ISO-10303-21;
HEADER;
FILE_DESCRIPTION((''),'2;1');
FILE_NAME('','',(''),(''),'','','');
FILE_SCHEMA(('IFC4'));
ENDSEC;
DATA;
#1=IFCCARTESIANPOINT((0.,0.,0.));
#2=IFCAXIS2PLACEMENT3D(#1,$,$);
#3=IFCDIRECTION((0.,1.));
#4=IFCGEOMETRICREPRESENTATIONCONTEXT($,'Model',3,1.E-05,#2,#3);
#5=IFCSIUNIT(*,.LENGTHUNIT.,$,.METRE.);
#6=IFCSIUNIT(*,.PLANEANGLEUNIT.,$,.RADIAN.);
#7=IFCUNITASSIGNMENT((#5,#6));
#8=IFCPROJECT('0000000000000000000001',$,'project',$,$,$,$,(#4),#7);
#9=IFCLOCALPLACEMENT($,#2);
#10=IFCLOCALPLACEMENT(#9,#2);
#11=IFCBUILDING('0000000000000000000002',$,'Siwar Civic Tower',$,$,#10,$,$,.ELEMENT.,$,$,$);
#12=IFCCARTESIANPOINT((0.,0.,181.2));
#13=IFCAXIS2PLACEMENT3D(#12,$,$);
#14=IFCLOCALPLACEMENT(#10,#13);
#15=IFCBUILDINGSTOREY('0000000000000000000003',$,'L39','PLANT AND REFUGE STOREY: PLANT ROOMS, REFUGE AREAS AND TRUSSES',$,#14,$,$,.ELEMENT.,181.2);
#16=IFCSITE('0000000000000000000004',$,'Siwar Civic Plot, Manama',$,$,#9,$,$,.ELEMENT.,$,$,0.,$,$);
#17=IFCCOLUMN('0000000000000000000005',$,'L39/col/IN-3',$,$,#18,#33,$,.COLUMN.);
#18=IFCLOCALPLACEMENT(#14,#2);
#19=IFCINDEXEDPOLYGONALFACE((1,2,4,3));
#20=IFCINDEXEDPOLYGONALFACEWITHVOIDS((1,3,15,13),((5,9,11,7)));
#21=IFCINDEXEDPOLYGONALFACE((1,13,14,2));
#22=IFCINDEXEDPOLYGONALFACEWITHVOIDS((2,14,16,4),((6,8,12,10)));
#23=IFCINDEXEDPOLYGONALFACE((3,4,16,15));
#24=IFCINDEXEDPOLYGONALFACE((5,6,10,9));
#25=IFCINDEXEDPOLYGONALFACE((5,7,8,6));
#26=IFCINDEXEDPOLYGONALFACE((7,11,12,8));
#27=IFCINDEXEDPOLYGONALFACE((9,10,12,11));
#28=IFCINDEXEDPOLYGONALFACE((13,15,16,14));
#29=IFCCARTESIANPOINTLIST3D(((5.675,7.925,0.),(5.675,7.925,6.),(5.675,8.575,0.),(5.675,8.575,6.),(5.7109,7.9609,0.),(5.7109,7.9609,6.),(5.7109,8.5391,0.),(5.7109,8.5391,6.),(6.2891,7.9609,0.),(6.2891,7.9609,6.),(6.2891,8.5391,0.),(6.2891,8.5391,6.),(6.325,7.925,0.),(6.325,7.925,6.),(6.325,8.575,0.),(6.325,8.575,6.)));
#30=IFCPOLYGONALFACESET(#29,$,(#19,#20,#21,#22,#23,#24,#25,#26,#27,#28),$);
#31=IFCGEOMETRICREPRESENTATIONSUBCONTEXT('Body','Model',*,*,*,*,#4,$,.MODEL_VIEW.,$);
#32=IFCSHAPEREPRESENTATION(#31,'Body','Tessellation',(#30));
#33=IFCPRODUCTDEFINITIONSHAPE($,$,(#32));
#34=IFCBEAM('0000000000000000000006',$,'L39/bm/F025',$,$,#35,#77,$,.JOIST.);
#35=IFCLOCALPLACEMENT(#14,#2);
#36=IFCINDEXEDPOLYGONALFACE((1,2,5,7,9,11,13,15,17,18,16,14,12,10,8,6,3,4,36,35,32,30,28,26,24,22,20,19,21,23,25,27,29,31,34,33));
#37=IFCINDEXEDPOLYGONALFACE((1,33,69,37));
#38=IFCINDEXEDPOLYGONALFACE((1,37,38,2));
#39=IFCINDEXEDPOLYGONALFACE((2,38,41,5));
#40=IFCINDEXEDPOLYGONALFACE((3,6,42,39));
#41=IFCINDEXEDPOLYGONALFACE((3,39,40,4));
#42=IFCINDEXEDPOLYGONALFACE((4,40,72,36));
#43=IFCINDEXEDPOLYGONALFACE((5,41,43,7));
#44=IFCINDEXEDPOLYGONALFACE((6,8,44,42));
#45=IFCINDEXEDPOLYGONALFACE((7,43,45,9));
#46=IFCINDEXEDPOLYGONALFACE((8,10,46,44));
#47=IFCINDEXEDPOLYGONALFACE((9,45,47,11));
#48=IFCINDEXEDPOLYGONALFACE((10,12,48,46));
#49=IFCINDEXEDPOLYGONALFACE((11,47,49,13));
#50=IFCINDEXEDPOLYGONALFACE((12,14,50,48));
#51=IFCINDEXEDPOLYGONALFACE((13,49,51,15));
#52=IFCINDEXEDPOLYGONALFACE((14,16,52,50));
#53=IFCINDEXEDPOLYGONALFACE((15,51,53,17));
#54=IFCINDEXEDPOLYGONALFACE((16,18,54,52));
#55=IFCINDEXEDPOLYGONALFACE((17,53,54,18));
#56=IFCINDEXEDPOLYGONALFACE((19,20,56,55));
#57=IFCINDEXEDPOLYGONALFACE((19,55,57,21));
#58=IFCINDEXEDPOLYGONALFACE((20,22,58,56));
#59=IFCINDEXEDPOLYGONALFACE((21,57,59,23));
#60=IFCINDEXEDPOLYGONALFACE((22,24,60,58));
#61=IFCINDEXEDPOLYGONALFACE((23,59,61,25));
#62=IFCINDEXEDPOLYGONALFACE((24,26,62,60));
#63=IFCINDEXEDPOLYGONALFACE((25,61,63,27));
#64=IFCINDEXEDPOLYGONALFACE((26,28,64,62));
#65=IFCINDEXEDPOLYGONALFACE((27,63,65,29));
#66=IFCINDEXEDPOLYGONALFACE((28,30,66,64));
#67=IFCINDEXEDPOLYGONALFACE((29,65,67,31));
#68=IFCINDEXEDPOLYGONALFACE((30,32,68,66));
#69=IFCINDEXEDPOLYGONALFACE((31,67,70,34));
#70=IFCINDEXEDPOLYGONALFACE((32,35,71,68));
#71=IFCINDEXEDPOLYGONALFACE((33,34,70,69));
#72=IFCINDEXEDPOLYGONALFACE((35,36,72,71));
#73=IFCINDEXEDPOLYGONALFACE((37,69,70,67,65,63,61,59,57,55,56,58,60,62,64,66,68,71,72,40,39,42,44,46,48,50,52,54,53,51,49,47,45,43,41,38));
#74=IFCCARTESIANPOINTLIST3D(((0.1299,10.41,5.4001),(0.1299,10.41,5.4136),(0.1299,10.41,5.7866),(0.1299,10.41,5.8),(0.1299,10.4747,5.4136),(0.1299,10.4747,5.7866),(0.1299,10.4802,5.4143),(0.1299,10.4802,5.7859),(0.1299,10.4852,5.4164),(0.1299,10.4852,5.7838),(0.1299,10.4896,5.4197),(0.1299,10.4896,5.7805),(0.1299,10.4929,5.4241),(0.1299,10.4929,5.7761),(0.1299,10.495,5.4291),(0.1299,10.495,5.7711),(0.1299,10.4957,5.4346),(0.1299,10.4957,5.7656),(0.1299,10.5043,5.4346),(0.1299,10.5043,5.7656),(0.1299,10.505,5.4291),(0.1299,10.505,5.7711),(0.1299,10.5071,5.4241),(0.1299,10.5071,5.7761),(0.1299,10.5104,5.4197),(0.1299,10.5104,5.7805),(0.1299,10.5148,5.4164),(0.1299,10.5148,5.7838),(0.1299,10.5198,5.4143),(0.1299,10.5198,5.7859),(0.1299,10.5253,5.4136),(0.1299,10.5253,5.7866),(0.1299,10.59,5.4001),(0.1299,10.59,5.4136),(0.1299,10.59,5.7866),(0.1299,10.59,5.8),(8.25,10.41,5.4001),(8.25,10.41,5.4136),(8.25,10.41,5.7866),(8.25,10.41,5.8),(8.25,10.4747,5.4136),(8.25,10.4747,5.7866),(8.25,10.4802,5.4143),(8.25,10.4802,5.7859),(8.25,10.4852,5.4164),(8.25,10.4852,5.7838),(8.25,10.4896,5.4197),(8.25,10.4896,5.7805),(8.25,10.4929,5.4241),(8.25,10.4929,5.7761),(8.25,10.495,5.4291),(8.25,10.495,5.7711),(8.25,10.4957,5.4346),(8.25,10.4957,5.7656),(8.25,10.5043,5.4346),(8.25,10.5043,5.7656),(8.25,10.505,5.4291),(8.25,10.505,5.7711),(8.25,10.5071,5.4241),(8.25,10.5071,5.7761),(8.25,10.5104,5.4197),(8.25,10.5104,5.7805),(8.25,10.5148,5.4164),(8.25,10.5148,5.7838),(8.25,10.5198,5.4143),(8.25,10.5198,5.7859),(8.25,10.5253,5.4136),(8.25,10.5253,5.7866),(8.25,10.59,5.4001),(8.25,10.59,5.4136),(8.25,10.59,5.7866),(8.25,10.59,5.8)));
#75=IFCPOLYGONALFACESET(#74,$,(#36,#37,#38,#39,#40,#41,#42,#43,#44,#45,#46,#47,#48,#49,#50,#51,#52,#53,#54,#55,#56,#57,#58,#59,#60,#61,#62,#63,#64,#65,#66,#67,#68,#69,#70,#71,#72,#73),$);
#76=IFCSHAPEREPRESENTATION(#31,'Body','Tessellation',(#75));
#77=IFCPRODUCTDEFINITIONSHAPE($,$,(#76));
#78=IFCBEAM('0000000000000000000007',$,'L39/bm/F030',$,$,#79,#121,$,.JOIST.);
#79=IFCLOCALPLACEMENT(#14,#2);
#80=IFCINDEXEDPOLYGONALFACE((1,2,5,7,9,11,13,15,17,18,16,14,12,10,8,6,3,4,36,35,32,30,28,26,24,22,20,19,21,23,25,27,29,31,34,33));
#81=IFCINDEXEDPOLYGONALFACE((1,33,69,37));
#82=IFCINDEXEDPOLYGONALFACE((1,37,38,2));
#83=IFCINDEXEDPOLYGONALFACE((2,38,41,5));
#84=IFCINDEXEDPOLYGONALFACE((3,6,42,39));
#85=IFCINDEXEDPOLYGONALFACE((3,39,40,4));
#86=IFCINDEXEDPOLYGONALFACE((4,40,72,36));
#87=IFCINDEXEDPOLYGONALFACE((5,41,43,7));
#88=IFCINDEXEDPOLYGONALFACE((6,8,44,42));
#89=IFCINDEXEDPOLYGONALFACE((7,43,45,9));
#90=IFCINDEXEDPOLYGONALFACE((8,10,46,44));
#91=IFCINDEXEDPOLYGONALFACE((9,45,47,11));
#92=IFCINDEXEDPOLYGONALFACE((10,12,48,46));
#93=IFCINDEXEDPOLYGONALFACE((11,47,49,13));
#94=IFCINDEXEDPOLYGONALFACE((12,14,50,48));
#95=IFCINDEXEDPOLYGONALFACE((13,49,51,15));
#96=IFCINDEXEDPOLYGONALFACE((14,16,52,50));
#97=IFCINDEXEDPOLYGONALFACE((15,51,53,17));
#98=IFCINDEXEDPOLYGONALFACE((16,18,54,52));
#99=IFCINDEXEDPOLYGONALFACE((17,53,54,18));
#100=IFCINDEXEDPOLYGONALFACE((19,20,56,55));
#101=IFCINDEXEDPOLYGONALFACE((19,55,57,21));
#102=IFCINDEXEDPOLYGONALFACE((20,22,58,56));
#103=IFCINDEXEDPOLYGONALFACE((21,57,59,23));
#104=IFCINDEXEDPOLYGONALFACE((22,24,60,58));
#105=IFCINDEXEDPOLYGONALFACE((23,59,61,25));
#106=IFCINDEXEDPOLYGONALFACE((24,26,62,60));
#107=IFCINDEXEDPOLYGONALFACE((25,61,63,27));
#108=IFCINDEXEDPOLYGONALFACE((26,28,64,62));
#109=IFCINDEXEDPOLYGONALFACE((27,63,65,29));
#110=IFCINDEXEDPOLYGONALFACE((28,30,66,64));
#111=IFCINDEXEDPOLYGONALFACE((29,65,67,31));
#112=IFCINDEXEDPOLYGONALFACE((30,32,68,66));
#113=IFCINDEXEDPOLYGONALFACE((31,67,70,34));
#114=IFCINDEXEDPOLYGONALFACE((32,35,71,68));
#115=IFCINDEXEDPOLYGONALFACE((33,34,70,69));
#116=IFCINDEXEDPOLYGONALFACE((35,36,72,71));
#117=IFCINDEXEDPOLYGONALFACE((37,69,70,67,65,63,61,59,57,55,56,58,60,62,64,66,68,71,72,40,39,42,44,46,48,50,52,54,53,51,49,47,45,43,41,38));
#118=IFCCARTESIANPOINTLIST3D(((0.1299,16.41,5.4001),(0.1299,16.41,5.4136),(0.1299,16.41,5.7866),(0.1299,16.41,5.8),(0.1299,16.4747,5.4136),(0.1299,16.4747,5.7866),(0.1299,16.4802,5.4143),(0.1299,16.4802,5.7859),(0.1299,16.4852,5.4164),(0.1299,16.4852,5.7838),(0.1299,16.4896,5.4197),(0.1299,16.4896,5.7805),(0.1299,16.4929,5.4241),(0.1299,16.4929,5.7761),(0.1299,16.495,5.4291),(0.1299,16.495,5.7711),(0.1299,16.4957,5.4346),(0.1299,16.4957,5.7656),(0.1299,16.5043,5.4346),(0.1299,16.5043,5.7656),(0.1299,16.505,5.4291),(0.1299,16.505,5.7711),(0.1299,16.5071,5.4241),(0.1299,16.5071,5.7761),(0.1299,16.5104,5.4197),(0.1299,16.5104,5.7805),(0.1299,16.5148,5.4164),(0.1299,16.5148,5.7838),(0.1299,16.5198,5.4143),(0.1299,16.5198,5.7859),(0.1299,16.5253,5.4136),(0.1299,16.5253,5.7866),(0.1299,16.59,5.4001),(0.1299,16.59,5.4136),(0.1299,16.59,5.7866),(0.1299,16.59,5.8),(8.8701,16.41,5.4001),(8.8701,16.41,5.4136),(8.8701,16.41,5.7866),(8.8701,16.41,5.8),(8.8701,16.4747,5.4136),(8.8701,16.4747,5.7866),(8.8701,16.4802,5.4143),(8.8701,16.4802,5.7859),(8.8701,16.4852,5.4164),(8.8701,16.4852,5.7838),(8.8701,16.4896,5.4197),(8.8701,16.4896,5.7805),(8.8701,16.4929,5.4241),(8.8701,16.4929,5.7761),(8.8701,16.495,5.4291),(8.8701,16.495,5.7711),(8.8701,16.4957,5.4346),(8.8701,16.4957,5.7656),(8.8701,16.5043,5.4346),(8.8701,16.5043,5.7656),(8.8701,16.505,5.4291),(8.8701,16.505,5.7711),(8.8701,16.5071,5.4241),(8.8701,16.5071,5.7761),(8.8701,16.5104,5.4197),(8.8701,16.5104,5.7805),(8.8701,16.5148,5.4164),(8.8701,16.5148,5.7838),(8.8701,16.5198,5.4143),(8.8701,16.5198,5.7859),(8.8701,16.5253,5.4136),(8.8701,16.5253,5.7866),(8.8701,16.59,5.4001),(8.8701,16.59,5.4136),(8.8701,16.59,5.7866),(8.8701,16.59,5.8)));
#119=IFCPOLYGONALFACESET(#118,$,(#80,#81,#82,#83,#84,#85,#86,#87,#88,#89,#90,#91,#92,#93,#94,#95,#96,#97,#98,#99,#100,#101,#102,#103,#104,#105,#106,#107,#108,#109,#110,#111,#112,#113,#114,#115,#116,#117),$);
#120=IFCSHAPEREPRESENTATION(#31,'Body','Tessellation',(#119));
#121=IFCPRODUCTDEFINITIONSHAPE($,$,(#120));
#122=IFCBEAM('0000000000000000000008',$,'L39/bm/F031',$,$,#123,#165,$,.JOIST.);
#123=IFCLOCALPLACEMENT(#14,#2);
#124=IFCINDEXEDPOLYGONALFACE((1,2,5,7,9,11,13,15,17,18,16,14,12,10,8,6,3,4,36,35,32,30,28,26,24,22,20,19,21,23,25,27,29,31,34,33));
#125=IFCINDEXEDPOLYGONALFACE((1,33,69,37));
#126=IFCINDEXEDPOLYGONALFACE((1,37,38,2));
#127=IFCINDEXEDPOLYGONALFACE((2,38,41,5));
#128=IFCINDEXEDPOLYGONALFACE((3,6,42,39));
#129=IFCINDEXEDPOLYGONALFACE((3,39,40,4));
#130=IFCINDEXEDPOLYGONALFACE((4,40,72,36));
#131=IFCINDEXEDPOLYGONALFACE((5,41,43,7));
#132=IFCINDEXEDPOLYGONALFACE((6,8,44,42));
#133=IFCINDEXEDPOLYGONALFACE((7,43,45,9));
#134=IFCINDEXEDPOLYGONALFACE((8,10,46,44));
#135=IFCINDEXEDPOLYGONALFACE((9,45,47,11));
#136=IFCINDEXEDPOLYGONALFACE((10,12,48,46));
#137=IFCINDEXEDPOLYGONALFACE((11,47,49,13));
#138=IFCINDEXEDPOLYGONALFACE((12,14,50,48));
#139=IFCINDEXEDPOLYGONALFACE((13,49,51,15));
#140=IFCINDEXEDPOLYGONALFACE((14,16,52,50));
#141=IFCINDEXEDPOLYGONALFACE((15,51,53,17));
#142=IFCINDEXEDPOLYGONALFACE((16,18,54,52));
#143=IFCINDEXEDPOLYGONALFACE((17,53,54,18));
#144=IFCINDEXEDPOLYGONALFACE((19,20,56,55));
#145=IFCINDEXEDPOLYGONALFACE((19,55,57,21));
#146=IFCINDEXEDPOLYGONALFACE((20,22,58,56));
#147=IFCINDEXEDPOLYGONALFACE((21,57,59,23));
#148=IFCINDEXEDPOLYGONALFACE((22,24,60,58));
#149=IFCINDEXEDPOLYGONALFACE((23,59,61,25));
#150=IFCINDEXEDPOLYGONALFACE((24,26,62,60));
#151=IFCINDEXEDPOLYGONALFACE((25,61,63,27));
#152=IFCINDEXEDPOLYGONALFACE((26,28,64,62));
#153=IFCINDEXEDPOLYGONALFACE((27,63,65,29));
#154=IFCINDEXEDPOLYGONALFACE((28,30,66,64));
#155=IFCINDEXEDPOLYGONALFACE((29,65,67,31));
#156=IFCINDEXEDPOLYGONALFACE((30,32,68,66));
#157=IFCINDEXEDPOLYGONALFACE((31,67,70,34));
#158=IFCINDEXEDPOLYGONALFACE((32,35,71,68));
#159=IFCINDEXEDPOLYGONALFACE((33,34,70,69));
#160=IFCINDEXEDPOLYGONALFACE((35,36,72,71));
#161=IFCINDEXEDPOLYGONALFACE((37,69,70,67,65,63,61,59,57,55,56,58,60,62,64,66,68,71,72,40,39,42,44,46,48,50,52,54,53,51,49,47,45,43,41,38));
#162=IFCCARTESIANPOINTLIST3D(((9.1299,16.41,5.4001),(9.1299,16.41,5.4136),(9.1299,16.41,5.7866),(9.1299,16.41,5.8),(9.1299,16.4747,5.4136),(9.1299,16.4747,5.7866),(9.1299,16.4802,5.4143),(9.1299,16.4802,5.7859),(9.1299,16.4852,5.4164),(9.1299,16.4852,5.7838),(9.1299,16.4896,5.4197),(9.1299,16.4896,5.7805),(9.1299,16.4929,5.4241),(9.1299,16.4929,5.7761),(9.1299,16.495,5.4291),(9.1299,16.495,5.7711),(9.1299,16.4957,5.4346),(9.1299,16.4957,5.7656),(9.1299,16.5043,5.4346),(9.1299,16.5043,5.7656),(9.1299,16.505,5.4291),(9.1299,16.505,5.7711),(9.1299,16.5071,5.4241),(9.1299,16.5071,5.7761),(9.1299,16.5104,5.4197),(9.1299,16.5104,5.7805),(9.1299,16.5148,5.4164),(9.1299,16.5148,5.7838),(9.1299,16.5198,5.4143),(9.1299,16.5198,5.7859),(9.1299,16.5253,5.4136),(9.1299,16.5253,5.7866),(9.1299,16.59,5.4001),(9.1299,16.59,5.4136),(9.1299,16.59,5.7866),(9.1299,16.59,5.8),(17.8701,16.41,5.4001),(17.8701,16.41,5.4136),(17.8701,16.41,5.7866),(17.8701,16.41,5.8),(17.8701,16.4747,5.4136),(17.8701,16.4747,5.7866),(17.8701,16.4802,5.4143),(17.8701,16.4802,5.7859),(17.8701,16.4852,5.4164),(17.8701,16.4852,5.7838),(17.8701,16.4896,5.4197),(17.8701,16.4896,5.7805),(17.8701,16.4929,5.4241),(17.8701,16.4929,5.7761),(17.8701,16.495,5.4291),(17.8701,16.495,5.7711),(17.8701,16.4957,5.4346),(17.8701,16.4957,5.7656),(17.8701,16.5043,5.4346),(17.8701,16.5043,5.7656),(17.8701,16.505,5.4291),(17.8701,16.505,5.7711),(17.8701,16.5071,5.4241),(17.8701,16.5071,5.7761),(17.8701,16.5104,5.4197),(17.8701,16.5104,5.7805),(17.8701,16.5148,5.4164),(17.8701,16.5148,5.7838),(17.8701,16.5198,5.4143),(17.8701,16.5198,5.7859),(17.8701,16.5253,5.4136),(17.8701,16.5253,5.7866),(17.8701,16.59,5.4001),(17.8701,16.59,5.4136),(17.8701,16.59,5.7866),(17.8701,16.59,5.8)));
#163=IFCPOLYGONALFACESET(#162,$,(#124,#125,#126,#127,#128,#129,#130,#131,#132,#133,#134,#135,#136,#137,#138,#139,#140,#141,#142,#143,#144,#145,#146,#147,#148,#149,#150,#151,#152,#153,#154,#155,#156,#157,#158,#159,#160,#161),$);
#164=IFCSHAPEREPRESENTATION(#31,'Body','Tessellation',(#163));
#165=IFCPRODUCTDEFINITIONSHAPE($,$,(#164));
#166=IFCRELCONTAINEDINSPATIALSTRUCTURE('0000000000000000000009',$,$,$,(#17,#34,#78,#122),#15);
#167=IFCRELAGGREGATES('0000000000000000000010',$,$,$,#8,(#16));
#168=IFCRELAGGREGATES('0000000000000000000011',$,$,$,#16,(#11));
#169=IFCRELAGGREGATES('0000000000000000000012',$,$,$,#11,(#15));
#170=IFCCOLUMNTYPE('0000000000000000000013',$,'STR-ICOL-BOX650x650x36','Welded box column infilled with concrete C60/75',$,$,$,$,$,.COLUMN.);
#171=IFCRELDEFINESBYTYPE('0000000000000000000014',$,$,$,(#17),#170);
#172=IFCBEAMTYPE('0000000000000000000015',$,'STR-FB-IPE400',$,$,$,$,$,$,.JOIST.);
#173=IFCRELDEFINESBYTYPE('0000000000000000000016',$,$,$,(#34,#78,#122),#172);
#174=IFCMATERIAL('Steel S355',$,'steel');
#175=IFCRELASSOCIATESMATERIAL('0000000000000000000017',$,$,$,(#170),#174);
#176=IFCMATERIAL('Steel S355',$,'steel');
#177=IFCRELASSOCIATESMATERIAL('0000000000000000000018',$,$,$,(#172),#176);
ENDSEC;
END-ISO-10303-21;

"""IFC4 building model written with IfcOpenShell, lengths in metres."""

from ifc_helpers import new_model, si_unit, direction, frame, origin, origin_2d, place, context, subcontext, project, spatial, hollow_rectangle, i_section, extrude, material, material_profile, profile_set, type_object, element, save


model = new_model("IFC4")

# Units and contexts
model_context = context("Model", 3, precision=1e-05, world=origin(), true_north=direction((0.0, 1.0)))
body_context = subcontext(model_context, "Body", "Model", "MODEL_VIEW")
ifc_project = project(units=[si_unit("LENGTHUNIT", "METRE"), si_unit("PLANEANGLEUNIT", "RADIAN")], contexts=[model_context])

# Site, building, storey
site_placement = place(None, origin())
site = spatial("IfcSite", under=ifc_project, at=site_placement, Name="Siwar Civic Plot, Manama", CompositionType="ELEMENT", RefElevation=0.0)
building_placement = place(site_placement, origin())
building = spatial("IfcBuilding", under=site, at=building_placement, Name="Siwar Civic Tower", CompositionType="ELEMENT")
storey_placement = place(building_placement, frame((0.0, 0.0, 181.2)))
storey = spatial("IfcBuildingStorey", under=building, at=storey_placement, Name="L39", Description="PLANT AND REFUGE STOREY: PLANT ROOMS, REFUGE AREAS AND TRUSSES", CompositionType="ELEMENT", Elevation=181.2)

# Column
ifc_material_1 = material(Name="Steel S355", Category="steel")
ifc_material_profile_1 = material_profile(ifc_material_1, hollow_rectangle(XDim=0.6499, YDim=0.6499, WallThickness=0.0359, at=origin_2d()), Name="BOX650x650x36")
ifc_profile_set_1 = profile_set([ifc_material_profile_1], Name="Steel S355")
column_type = type_object("IfcColumnType", Name="STR-ICOL-BOX650x650x36", Description="Welded box column infilled with concrete C60/75", PredefinedType="COLUMN", material=ifc_profile_set_1)
column_placement = place(storey_placement, frame((6.0, 8.25, 0.0), z_axis=(0.0, 0.0, 1.0), x_axis=(1.0, 0.0, 0.0)))
element("IfcColumn", 1, at=column_placement, inside=storey, type_object=column_type, Name="L39/col/IN-3", PredefinedType="COLUMN", context=body_context, shape_type="SweptSolid", body=[
    extrude(hollow_rectangle(XDim=0.6499, YDim=0.6499, WallThickness=0.0359, at=origin_2d()), origin(), (0.0, 0.0, 1.0), 6.0),
])

# Beams
ifc_material_2 = material(Name="Steel S355", Category="steel")
ifc_material_profile_2 = material_profile(ifc_material_2, i_section(OverallWidth=0.1799, OverallDepth=0.3999, WebThickness=0.0085, FlangeThickness=0.0134, FilletRadius=0.021, at=origin_2d()), Name="IPE400")
ifc_profile_set_2 = profile_set([ifc_material_profile_2], Name="Steel S355")
beam_type_1 = type_object("IfcBeamType", Name="STR-FB-IPE400", PredefinedType="JOIST", material=ifc_profile_set_2)
beam_1_placement = place(storey_placement, frame((0.1299, 10.5, 5.6001), z_axis=(1.0, 0.0, 0.0), x_axis=(0.0, 1.0, 0.0)))
element("IfcBeam", 2, at=beam_1_placement, inside=storey, type_object=beam_type_1, Name="L39/bm/F025", PredefinedType="JOIST", context=body_context, shape_type="SweptSolid", body=[
    extrude(i_section(OverallWidth=0.1799, OverallDepth=0.3999, WebThickness=0.0085, FlangeThickness=0.0134, FilletRadius=0.021, at=origin_2d()), origin(), (0.0, 0.0, 1.0), 8.1201),
])
for number, where, z_axis, x_axis, name in (
    (3, (0.1299, 16.5, 5.6001), (1.0, 0.0, 0.0), (0.0, 1.0, 0.0), "L39/bm/F030"),
    (4, (9.1299, 16.5, 5.6001), (1.0, 0.0, 0.0), (0.0, 1.0, 0.0), "L39/bm/F031"),
):
    element("IfcBeam", number, at=place(storey_placement, frame(where, z_axis=z_axis, x_axis=x_axis)), inside=storey, type_object=beam_type_1, Name=name, PredefinedType="JOIST", context=body_context, shape_type="SweptSolid", body=[
        extrude(i_section(OverallWidth=0.1799, OverallDepth=0.3999, WebThickness=0.0085, FlangeThickness=0.0134, FilletRadius=0.021, at=origin_2d()), origin(), (0.0, 0.0, 1.0), 8.7402),
    ])

save(model, "model.ifc")
